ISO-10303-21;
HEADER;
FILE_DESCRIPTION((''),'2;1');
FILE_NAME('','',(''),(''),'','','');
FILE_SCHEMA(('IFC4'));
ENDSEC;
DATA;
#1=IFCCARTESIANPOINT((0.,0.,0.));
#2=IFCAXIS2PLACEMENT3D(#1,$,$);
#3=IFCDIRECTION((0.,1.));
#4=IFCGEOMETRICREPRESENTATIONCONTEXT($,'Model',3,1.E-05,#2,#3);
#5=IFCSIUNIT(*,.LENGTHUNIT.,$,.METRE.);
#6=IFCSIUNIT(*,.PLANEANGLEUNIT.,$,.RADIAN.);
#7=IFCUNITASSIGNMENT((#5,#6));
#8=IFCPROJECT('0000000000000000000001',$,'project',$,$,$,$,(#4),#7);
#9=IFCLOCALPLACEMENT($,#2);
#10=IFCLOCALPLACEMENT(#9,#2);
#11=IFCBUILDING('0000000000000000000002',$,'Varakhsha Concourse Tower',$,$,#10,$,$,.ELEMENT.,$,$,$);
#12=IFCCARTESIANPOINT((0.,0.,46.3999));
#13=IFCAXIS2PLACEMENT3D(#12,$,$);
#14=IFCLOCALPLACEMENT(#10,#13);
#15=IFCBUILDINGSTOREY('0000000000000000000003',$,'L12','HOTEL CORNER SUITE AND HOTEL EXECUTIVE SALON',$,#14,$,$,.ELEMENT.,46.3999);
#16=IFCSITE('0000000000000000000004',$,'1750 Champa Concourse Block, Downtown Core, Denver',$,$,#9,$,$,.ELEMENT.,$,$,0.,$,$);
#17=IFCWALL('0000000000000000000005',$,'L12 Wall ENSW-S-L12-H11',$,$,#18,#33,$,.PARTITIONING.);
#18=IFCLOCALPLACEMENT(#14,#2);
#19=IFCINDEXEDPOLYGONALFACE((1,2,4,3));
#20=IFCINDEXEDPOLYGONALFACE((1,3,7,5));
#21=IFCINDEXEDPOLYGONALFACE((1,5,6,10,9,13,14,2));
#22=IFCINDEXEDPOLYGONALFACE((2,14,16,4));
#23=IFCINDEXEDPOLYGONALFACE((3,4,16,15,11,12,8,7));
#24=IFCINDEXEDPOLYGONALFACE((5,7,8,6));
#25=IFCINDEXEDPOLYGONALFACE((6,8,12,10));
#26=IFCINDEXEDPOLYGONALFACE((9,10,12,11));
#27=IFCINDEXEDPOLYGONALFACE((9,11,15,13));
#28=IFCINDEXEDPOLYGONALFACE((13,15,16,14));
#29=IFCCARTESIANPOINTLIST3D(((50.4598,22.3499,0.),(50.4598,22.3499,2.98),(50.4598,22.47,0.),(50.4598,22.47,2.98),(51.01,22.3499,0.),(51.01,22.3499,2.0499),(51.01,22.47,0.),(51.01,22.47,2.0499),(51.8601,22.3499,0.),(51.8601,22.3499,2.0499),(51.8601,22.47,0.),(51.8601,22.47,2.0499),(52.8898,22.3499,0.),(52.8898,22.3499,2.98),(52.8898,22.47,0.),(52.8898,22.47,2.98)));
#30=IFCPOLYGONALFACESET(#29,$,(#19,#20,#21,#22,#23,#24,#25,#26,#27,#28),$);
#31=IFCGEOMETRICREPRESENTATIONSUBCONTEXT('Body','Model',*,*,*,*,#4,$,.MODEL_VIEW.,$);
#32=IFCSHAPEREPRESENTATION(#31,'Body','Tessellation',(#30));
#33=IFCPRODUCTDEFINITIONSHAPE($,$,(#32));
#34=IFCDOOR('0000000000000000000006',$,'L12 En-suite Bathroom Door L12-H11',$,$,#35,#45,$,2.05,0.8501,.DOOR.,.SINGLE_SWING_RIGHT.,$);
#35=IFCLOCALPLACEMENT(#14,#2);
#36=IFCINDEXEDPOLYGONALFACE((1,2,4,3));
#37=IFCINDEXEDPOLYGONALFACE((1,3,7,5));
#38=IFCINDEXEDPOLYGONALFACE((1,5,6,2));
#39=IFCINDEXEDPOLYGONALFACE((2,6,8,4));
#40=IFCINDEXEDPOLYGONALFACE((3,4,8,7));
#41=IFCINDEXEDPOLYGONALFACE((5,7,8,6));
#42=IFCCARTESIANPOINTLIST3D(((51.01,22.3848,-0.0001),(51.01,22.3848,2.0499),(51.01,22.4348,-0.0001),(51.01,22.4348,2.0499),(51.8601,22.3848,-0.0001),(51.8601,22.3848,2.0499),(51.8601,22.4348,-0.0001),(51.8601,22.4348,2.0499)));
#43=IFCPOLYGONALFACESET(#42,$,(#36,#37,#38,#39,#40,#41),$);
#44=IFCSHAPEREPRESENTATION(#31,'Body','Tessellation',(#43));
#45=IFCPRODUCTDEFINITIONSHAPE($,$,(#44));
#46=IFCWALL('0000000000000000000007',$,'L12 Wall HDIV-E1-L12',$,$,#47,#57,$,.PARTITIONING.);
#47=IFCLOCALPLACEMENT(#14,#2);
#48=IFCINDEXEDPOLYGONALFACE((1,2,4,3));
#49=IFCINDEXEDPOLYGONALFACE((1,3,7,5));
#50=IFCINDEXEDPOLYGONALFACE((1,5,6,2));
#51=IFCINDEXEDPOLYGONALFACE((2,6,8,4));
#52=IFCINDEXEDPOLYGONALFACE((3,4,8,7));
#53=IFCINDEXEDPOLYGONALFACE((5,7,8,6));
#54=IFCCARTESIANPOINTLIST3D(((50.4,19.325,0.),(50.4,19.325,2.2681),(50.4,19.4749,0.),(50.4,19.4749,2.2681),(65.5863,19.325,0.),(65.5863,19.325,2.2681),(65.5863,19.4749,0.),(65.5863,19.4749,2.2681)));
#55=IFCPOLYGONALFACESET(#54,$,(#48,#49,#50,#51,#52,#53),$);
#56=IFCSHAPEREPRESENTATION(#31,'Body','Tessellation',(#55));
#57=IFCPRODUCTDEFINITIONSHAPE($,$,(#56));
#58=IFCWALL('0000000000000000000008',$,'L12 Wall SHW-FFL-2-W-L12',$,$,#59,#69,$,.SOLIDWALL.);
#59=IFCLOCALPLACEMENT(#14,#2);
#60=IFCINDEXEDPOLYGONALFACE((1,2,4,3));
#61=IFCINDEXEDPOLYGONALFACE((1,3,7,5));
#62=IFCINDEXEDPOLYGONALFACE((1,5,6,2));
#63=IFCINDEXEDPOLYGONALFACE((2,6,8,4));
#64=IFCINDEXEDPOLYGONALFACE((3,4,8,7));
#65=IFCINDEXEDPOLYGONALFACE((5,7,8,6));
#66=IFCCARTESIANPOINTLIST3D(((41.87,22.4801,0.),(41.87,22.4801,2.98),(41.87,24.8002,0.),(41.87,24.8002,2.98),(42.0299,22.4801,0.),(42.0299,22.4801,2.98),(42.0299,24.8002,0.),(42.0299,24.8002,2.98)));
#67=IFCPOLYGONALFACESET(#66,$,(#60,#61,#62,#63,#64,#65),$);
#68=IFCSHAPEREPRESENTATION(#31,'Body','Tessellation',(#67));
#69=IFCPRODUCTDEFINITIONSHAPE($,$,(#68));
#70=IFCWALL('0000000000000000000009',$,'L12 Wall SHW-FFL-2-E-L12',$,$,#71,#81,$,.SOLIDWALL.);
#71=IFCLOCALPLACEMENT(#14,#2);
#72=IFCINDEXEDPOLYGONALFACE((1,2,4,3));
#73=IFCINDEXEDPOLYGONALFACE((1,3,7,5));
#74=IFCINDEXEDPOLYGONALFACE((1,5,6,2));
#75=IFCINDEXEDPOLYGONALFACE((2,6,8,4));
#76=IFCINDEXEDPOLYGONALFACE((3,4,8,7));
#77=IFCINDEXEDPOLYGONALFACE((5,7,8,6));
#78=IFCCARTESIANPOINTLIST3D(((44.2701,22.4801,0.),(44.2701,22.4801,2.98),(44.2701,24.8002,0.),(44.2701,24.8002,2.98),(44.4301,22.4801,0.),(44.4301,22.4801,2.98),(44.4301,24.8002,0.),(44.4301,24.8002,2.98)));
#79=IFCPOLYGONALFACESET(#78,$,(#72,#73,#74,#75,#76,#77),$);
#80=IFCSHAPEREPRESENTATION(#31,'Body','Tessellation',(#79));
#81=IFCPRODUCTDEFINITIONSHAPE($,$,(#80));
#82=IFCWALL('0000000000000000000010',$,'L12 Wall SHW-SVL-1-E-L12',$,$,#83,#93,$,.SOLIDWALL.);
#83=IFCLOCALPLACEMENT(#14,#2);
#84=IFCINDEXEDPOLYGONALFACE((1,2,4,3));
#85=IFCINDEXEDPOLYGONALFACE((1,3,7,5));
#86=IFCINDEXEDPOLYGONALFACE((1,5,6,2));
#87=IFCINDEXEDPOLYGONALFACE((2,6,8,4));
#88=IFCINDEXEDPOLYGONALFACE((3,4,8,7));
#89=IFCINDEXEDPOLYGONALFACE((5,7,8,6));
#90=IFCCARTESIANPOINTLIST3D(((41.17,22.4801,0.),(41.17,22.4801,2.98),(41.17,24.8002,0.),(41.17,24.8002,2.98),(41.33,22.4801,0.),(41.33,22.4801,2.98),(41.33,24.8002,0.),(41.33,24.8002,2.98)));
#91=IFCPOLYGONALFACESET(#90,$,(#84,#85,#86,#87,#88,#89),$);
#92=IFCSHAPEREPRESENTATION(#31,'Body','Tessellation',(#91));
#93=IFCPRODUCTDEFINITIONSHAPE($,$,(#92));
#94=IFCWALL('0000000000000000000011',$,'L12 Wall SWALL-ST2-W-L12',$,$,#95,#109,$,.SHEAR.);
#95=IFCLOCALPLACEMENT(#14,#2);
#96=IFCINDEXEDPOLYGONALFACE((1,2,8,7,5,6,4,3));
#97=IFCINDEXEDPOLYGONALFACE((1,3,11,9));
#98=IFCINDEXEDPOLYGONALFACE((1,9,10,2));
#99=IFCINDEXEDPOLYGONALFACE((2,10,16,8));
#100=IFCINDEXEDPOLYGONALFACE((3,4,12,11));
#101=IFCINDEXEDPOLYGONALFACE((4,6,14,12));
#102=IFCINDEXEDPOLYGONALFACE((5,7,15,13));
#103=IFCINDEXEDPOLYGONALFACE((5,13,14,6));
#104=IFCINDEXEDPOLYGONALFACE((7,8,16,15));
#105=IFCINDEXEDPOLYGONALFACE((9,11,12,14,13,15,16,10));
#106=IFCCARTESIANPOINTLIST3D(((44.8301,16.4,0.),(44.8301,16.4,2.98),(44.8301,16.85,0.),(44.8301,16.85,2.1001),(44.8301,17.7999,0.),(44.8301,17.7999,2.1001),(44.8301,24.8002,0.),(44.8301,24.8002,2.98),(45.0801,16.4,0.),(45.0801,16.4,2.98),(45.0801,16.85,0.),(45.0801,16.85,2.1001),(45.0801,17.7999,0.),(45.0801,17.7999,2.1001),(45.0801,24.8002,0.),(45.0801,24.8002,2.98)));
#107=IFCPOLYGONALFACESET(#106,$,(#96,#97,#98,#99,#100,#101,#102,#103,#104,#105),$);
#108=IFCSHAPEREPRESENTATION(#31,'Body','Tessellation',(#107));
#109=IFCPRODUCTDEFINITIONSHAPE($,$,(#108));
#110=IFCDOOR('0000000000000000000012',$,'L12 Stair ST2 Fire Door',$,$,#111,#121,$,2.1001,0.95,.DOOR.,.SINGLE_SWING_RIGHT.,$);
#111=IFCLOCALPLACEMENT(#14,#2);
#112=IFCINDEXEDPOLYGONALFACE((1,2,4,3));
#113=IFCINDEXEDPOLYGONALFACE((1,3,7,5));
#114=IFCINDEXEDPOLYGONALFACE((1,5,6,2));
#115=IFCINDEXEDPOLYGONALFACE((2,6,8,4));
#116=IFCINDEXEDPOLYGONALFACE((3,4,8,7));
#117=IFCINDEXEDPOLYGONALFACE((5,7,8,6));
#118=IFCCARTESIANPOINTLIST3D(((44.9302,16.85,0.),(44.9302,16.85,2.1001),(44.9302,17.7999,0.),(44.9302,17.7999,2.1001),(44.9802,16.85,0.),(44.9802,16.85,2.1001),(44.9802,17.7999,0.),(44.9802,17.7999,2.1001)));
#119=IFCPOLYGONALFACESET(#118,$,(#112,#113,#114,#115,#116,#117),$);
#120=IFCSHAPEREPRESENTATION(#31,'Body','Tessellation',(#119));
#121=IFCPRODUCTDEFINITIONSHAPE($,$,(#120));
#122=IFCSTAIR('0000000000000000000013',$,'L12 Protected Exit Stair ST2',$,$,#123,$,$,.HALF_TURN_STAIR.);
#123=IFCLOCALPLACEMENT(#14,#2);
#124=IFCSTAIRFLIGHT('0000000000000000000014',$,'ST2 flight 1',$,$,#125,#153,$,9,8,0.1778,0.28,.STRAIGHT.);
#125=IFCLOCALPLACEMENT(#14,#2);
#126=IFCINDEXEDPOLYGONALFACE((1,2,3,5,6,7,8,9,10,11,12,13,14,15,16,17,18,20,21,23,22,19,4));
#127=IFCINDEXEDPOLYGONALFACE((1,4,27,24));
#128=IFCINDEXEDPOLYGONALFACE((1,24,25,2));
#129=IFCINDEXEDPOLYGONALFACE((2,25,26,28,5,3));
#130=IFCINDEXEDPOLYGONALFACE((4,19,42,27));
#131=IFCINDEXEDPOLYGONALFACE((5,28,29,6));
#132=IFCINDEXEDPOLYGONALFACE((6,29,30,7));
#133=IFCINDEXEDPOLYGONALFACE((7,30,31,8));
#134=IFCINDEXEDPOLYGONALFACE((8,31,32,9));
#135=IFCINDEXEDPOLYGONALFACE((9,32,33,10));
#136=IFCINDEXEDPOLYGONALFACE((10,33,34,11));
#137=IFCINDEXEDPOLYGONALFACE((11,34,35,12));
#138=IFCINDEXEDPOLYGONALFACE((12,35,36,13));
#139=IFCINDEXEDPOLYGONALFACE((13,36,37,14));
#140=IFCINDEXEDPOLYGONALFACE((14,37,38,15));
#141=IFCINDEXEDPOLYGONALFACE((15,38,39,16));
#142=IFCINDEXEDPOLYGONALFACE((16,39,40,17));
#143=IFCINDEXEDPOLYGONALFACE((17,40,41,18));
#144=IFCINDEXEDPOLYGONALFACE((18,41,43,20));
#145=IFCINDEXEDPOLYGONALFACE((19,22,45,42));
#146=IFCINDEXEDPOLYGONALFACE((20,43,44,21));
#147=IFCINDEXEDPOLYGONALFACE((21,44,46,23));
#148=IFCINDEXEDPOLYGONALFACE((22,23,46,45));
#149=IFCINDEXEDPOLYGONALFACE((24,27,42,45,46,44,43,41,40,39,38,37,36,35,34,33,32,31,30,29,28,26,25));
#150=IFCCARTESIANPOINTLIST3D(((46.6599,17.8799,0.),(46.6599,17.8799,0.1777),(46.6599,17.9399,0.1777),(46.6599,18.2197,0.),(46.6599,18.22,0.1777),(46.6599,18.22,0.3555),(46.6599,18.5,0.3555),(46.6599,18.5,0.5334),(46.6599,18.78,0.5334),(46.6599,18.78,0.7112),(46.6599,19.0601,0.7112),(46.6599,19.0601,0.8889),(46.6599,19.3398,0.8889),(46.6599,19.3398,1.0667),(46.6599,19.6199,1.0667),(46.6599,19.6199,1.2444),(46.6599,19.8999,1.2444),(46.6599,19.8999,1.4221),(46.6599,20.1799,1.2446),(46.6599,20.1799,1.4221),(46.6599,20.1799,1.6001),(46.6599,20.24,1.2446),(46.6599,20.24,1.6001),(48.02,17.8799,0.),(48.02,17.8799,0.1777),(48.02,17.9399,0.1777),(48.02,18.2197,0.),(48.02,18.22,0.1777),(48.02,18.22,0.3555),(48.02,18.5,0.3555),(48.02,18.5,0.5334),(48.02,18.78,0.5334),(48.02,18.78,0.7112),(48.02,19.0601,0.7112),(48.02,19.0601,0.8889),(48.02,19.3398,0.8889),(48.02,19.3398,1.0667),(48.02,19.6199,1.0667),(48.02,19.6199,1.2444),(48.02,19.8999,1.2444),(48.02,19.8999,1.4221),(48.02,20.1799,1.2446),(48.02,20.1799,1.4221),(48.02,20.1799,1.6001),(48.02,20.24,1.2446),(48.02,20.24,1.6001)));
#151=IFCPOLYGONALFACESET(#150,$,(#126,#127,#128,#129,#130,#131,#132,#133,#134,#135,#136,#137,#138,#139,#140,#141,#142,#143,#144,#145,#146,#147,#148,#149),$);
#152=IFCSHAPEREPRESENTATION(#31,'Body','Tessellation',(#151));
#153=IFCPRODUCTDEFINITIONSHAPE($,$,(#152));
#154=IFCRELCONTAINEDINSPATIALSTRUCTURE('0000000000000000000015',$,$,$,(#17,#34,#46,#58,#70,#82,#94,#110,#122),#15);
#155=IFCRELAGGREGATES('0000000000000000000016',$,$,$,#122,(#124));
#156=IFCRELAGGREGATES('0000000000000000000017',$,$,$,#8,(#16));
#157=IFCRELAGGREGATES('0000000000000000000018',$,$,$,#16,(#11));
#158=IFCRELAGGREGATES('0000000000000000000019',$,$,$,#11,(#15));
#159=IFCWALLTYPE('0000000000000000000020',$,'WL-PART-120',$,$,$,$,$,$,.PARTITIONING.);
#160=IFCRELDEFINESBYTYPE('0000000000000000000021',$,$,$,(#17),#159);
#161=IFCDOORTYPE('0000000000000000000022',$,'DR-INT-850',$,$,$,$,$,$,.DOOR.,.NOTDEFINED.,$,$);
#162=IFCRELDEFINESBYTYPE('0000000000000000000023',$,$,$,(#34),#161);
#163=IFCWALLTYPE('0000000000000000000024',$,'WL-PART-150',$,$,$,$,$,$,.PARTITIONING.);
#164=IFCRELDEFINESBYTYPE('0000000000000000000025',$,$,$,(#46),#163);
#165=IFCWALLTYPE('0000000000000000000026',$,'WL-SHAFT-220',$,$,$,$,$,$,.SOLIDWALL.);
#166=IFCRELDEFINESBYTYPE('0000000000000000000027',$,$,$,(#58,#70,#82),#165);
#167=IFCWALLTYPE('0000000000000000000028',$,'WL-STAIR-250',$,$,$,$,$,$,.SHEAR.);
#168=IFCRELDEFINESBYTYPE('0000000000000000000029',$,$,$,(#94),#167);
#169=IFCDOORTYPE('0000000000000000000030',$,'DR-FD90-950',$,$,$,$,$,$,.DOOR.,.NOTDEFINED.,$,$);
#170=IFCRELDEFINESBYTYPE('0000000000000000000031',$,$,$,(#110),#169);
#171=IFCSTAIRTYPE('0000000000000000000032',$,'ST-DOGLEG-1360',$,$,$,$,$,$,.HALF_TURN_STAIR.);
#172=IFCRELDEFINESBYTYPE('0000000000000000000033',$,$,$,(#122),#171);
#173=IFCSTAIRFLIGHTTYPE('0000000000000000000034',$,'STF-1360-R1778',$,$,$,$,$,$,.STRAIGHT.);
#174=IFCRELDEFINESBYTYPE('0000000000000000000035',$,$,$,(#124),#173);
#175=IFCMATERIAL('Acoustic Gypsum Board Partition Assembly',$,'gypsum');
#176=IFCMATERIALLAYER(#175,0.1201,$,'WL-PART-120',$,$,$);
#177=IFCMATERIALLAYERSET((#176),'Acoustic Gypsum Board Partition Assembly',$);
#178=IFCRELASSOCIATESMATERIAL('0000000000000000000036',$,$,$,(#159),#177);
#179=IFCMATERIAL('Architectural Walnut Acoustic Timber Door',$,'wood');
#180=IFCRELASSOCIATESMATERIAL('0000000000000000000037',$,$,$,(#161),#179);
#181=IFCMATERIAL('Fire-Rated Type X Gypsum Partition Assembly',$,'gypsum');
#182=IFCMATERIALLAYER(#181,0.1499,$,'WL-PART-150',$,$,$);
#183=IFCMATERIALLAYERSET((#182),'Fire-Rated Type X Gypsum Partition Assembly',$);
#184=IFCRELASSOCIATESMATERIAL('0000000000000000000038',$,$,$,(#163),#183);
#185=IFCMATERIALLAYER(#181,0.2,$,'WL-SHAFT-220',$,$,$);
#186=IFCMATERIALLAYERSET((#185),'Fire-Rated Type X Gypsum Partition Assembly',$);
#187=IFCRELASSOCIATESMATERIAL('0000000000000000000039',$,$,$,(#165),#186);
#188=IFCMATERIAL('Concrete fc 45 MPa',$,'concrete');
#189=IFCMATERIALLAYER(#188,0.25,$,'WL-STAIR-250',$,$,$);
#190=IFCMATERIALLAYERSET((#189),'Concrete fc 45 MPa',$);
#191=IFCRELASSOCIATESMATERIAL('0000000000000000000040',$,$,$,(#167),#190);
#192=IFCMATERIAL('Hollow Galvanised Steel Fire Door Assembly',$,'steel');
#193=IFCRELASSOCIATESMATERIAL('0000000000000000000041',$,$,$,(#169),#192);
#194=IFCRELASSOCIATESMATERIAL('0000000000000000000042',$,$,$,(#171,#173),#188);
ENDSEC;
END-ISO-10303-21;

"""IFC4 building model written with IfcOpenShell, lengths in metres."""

from ifc_helpers import new_model, si_unit, direction, frame, frame_2d, origin, place, context, subcontext, project, spatial, polyline, rectangle, outline, extrude, material, layer, layer_set, type_object, element, fill, aggregate, save


model = new_model("IFC4")

# Units and contexts
model_context = context("Model", 3, precision=1e-05, world=origin(), true_north=direction((0.0, 1.0)))
body_context = subcontext(model_context, "Body", "Model", "MODEL_VIEW")
ifc_project = project(units=[si_unit("LENGTHUNIT", "METRE"), si_unit("PLANEANGLEUNIT", "RADIAN")], contexts=[model_context])

# Site, building, storey
site_placement = place(None, origin())
site = spatial("IfcSite", under=ifc_project, at=site_placement, Name="1750 Champa Concourse Block, Downtown Core, Denver", CompositionType="ELEMENT", RefElevation=0.0)
building_placement = place(site_placement, origin())
building = spatial("IfcBuilding", under=site, at=building_placement, Name="Varakhsha Concourse Tower", CompositionType="ELEMENT")
storey_placement = place(building_placement, frame((0.0, 0.0, 46.3999)))
storey = spatial("IfcBuildingStorey", under=building, at=storey_placement, Name="L12", Description="HOTEL CORNER SUITE AND HOTEL EXECUTIVE SALON", CompositionType="ELEMENT", Elevation=46.3999)

# Shared definitions
ifc_material_1 = material(Name="Acoustic Gypsum Board Partition Assembly", Category="gypsum")
ifc_layer_1 = layer(ifc_material_1, 0.1201, Name="WL-PART-120")
ifc_layer_set_1 = layer_set([ifc_layer_1], Name="Acoustic Gypsum Board Partition Assembly")
wall_type_1 = type_object("IfcWallType", Name="WL-PART-120", PredefinedType="PARTITIONING", material=ifc_layer_set_1)

# Shared definitions
ifc_material_2 = material(Name="Architectural Walnut Acoustic Timber Door", Category="wood")
door_type_1 = type_object("IfcDoorType", Name="DR-INT-850", OperationType="NOTDEFINED", PredefinedType="DOOR", material=ifc_material_2)

# Wall, opening, door
wall_1_placement = place(storey_placement, frame((50.46, 22.4099, 0.0), z_axis=(0.0, 0.0, 1.0), x_axis=(1.0, 0.0, 0.0)))
wall_1 = element("IfcWall", 1, at=wall_1_placement, inside=storey, type_object=wall_type_1, Name="L12 Wall ENSW-S-L12-H11", PredefinedType="PARTITIONING", context=body_context, shape_type="SweptSolid", body=[
    extrude(rectangle(XDim=2.4299, YDim=0.1201, at=frame_2d((1.2148, 0.0))), origin(), (0.0, 0.0, 1.0), 2.98),
])
opening_1_placement = place(wall_1_placement, frame((0.55, 0.0, 0.0)))
opening_1 = element("IfcOpeningElement", 2, at=opening_1_placement, cuts=wall_1, PredefinedType="OPENING", context=body_context, shape_type="SweptSolid", body=[
    extrude(rectangle(XDim=0.8501, YDim=2.05, at=frame_2d((0.425, 1.0249))), frame((0.0, 0.0701, 0.0), z_axis=(0.0, -1.0, 0.0), x_axis=(1.0, 0.0, 0.0)), (0.0, 0.0, 1.0), 0.1401),
])
door_1_placement = place(opening_1_placement, origin())
door_1 = element("IfcDoor", 3, at=door_1_placement, inside=storey, type_object=door_type_1, Name="L12 En-suite Bathroom Door L12-H11", OperationType="SINGLE_SWING_RIGHT", OverallHeight=2.05, OverallWidth=0.8501, PredefinedType="DOOR", context=body_context, shape_type="SweptSolid", body=[
    extrude(rectangle(XDim=0.8501, YDim=2.05, at=frame_2d((0.425, 1.0249))), frame((0.0, 0.0249, 0.0), z_axis=(0.0, -1.0, 0.0), x_axis=(1.0, 0.0, 0.0)), (0.0, 0.0, 1.0), 0.05),
])
fill(opening_1, door_1)

# Walls
ifc_material_3 = material(Name="Fire-Rated Type X Gypsum Partition Assembly", Category="gypsum")
ifc_layer_2 = layer(ifc_material_3, 0.1499, Name="WL-PART-150")
ifc_layer_set_2 = layer_set([ifc_layer_2], Name="Fire-Rated Type X Gypsum Partition Assembly")
wall_type_2 = type_object("IfcWallType", Name="WL-PART-150", PredefinedType="PARTITIONING", material=ifc_layer_set_2)
wall_2_placement = place(storey_placement, frame((50.3999, 19.3999, 0.0), z_axis=(0.0, 0.0, 1.0), x_axis=(1.0, 0.0, 0.0)))
element("IfcWall", 4, at=wall_2_placement, inside=storey, type_object=wall_type_2, Name="L12 Wall HDIV-E1-L12", PredefinedType="PARTITIONING", context=body_context, shape_type="SweptSolid", body=[
    extrude(rectangle(XDim=15.1863, YDim=0.1499, at=frame_2d((7.5933, 0.0))), origin(), (0.0, 0.0, 1.0), 2.2681),
])
ifc_layer_3 = layer(ifc_material_3, 0.2, Name="WL-SHAFT-220")
ifc_layer_set_3 = layer_set([ifc_layer_3], Name="Fire-Rated Type X Gypsum Partition Assembly")
wall_type_3 = type_object("IfcWallType", Name="WL-SHAFT-220", PredefinedType="SOLIDWALL", material=ifc_layer_set_3)
for number, where, z_axis, x_axis, name in (
    (5, (41.95, 22.48, 0.0), (0.0, 0.0, 1.0), (0.0, 1.0, 0.0), "L12 Wall SHW-FFL-2-W-L12"),
    (6, (44.3501, 22.48, 0.0), (0.0, 0.0, 1.0), (0.0, 1.0, 0.0), "L12 Wall SHW-FFL-2-E-L12"),
    (7, (41.25, 22.48, 0.0), (0.0, 0.0, 1.0), (0.0, 1.0, 0.0), "L12 Wall SHW-SVL-1-E-L12"),
):
    element("IfcWall", number, at=place(storey_placement, frame(where, z_axis=z_axis, x_axis=x_axis)), inside=storey, type_object=wall_type_3, Name=name, PredefinedType="SOLIDWALL", context=body_context, shape_type="SweptSolid", body=[
        extrude(rectangle(XDim=2.3201, YDim=0.1599, at=frame_2d((1.1602, 0.0))), origin(), (0.0, 0.0, 1.0), 2.98),
    ])

# Wall, opening, door
ifc_material_4 = material(Name="Concrete fc 45 MPa", Category="concrete")
ifc_layer_4 = layer(ifc_material_4, 0.25, Name="WL-STAIR-250")
ifc_layer_set_4 = layer_set([ifc_layer_4], Name="Concrete fc 45 MPa")
wall_type_4 = type_object("IfcWallType", Name="WL-STAIR-250", PredefinedType="SHEAR", material=ifc_layer_set_4)
wall_3_placement = place(storey_placement, frame((44.9551, 16.3999, 0.0), z_axis=(0.0, 0.0, 1.0), x_axis=(0.0, 1.0, 0.0)))
wall_3 = element("IfcWall", 8, at=wall_3_placement, inside=storey, type_object=wall_type_4, Name="L12 Wall SWALL-ST2-W-L12", PredefinedType="SHEAR", context=body_context, shape_type="SweptSolid", body=[
    extrude(rectangle(XDim=8.4001, YDim=0.25, at=frame_2d((4.2002, 0.0))), origin(), (0.0, 0.0, 1.0), 2.98),
])
opening_2_placement = place(wall_3_placement, frame((0.45, 0.0, 0.0)))
opening_2 = element("IfcOpeningElement", 9, at=opening_2_placement, cuts=wall_3, PredefinedType="OPENING", context=body_context, shape_type="SweptSolid", body=[
    extrude(rectangle(XDim=0.95, YDim=2.1001, at=frame_2d((0.4751, 1.05))), frame((0.0, 0.135, 0.0), z_axis=(0.0, -1.0, 0.0), x_axis=(1.0, 0.0, 0.0)), (0.0, 0.0, 1.0), 0.27),
])
ifc_material_5 = material(Name="Hollow Galvanised Steel Fire Door Assembly", Category="steel")
door_type_2 = type_object("IfcDoorType", Name="DR-FD90-950", OperationType="NOTDEFINED", PredefinedType="DOOR", material=ifc_material_5)
door_2_placement = place(opening_2_placement, origin())
door_2 = element("IfcDoor", 10, at=door_2_placement, inside=storey, type_object=door_type_2, Name="L12 Stair ST2 Fire Door", OperationType="SINGLE_SWING_RIGHT", OverallHeight=2.1001, OverallWidth=0.95, PredefinedType="DOOR", context=body_context, shape_type="SweptSolid", body=[
    extrude(rectangle(XDim=0.95, YDim=2.1001, at=frame_2d((0.4751, 1.05))), frame((0.0, 0.0249, 0.0), z_axis=(0.0, -1.0, 0.0), x_axis=(1.0, 0.0, 0.0)), (0.0, 0.0, 1.0), 0.05),
])
fill(opening_2, door_2)

# Stair, stair flight
stair_type = type_object("IfcStairType", Name="ST-DOGLEG-1360", PredefinedType="HALF_TURN_STAIR", material=ifc_material_4)
stair_placement = place(storey_placement, origin())
stair = element("IfcStair", 11, at=stair_placement, inside=storey, type_object=stair_type, Name="L12 Protected Exit Stair ST2", PredefinedType="HALF_TURN_STAIR")
stair_flight_type = type_object("IfcStairFlightType", Name="STF-1360-R1778", PredefinedType="STRAIGHT", material=ifc_material_4)
stair_flight_1_placement = place(storey_placement, frame((47.3401, 17.9399, 0.0), z_axis=(0.0, 0.0, 1.0), x_axis=(0.0, 1.0, 0.0)))
stair_flight_1 = element("IfcStairFlight", 12, at=stair_flight_1_placement, type_object=stair_flight_type, Name="ST2 flight 1", NumberOfRisers=9, NumberOfTreads=8, PredefinedType="STRAIGHT", RiserHeight=0.1778, TreadLength=0.28, context=body_context, shape_type="SweptSolid", body=[
    extrude(outline(polyline([(-0.0601, 0.0), (-0.0601, 0.1777), (0.0, 0.1777), (0.28, 0.1777), (0.28, 0.3555), (0.5601, 0.3555), (0.5601, 0.5334), (0.8401, 0.5334), (0.8401, 0.7112), (1.1201, 0.7112), (1.1201, 0.8889), (1.3999, 0.8889), (1.3999, 1.0667), (1.6799, 1.0667), (1.6799, 1.2444), (1.96, 1.2444), (1.96, 1.4221), (2.24, 1.4221), (2.24, 1.6001), (2.3, 1.6001), (2.3, 1.2446), (2.24, 1.2446), (0.2798, 0.0), (-0.0601, 0.0)])), frame((0.0, 0.6802, 0.0), z_axis=(0.0, -1.0, 0.0), x_axis=(1.0, 0.0, 0.0)), (0.0, 0.0, 1.0), 1.3601),
])
aggregate(stair, [stair_flight_1])

save(model, "model.ifc")
